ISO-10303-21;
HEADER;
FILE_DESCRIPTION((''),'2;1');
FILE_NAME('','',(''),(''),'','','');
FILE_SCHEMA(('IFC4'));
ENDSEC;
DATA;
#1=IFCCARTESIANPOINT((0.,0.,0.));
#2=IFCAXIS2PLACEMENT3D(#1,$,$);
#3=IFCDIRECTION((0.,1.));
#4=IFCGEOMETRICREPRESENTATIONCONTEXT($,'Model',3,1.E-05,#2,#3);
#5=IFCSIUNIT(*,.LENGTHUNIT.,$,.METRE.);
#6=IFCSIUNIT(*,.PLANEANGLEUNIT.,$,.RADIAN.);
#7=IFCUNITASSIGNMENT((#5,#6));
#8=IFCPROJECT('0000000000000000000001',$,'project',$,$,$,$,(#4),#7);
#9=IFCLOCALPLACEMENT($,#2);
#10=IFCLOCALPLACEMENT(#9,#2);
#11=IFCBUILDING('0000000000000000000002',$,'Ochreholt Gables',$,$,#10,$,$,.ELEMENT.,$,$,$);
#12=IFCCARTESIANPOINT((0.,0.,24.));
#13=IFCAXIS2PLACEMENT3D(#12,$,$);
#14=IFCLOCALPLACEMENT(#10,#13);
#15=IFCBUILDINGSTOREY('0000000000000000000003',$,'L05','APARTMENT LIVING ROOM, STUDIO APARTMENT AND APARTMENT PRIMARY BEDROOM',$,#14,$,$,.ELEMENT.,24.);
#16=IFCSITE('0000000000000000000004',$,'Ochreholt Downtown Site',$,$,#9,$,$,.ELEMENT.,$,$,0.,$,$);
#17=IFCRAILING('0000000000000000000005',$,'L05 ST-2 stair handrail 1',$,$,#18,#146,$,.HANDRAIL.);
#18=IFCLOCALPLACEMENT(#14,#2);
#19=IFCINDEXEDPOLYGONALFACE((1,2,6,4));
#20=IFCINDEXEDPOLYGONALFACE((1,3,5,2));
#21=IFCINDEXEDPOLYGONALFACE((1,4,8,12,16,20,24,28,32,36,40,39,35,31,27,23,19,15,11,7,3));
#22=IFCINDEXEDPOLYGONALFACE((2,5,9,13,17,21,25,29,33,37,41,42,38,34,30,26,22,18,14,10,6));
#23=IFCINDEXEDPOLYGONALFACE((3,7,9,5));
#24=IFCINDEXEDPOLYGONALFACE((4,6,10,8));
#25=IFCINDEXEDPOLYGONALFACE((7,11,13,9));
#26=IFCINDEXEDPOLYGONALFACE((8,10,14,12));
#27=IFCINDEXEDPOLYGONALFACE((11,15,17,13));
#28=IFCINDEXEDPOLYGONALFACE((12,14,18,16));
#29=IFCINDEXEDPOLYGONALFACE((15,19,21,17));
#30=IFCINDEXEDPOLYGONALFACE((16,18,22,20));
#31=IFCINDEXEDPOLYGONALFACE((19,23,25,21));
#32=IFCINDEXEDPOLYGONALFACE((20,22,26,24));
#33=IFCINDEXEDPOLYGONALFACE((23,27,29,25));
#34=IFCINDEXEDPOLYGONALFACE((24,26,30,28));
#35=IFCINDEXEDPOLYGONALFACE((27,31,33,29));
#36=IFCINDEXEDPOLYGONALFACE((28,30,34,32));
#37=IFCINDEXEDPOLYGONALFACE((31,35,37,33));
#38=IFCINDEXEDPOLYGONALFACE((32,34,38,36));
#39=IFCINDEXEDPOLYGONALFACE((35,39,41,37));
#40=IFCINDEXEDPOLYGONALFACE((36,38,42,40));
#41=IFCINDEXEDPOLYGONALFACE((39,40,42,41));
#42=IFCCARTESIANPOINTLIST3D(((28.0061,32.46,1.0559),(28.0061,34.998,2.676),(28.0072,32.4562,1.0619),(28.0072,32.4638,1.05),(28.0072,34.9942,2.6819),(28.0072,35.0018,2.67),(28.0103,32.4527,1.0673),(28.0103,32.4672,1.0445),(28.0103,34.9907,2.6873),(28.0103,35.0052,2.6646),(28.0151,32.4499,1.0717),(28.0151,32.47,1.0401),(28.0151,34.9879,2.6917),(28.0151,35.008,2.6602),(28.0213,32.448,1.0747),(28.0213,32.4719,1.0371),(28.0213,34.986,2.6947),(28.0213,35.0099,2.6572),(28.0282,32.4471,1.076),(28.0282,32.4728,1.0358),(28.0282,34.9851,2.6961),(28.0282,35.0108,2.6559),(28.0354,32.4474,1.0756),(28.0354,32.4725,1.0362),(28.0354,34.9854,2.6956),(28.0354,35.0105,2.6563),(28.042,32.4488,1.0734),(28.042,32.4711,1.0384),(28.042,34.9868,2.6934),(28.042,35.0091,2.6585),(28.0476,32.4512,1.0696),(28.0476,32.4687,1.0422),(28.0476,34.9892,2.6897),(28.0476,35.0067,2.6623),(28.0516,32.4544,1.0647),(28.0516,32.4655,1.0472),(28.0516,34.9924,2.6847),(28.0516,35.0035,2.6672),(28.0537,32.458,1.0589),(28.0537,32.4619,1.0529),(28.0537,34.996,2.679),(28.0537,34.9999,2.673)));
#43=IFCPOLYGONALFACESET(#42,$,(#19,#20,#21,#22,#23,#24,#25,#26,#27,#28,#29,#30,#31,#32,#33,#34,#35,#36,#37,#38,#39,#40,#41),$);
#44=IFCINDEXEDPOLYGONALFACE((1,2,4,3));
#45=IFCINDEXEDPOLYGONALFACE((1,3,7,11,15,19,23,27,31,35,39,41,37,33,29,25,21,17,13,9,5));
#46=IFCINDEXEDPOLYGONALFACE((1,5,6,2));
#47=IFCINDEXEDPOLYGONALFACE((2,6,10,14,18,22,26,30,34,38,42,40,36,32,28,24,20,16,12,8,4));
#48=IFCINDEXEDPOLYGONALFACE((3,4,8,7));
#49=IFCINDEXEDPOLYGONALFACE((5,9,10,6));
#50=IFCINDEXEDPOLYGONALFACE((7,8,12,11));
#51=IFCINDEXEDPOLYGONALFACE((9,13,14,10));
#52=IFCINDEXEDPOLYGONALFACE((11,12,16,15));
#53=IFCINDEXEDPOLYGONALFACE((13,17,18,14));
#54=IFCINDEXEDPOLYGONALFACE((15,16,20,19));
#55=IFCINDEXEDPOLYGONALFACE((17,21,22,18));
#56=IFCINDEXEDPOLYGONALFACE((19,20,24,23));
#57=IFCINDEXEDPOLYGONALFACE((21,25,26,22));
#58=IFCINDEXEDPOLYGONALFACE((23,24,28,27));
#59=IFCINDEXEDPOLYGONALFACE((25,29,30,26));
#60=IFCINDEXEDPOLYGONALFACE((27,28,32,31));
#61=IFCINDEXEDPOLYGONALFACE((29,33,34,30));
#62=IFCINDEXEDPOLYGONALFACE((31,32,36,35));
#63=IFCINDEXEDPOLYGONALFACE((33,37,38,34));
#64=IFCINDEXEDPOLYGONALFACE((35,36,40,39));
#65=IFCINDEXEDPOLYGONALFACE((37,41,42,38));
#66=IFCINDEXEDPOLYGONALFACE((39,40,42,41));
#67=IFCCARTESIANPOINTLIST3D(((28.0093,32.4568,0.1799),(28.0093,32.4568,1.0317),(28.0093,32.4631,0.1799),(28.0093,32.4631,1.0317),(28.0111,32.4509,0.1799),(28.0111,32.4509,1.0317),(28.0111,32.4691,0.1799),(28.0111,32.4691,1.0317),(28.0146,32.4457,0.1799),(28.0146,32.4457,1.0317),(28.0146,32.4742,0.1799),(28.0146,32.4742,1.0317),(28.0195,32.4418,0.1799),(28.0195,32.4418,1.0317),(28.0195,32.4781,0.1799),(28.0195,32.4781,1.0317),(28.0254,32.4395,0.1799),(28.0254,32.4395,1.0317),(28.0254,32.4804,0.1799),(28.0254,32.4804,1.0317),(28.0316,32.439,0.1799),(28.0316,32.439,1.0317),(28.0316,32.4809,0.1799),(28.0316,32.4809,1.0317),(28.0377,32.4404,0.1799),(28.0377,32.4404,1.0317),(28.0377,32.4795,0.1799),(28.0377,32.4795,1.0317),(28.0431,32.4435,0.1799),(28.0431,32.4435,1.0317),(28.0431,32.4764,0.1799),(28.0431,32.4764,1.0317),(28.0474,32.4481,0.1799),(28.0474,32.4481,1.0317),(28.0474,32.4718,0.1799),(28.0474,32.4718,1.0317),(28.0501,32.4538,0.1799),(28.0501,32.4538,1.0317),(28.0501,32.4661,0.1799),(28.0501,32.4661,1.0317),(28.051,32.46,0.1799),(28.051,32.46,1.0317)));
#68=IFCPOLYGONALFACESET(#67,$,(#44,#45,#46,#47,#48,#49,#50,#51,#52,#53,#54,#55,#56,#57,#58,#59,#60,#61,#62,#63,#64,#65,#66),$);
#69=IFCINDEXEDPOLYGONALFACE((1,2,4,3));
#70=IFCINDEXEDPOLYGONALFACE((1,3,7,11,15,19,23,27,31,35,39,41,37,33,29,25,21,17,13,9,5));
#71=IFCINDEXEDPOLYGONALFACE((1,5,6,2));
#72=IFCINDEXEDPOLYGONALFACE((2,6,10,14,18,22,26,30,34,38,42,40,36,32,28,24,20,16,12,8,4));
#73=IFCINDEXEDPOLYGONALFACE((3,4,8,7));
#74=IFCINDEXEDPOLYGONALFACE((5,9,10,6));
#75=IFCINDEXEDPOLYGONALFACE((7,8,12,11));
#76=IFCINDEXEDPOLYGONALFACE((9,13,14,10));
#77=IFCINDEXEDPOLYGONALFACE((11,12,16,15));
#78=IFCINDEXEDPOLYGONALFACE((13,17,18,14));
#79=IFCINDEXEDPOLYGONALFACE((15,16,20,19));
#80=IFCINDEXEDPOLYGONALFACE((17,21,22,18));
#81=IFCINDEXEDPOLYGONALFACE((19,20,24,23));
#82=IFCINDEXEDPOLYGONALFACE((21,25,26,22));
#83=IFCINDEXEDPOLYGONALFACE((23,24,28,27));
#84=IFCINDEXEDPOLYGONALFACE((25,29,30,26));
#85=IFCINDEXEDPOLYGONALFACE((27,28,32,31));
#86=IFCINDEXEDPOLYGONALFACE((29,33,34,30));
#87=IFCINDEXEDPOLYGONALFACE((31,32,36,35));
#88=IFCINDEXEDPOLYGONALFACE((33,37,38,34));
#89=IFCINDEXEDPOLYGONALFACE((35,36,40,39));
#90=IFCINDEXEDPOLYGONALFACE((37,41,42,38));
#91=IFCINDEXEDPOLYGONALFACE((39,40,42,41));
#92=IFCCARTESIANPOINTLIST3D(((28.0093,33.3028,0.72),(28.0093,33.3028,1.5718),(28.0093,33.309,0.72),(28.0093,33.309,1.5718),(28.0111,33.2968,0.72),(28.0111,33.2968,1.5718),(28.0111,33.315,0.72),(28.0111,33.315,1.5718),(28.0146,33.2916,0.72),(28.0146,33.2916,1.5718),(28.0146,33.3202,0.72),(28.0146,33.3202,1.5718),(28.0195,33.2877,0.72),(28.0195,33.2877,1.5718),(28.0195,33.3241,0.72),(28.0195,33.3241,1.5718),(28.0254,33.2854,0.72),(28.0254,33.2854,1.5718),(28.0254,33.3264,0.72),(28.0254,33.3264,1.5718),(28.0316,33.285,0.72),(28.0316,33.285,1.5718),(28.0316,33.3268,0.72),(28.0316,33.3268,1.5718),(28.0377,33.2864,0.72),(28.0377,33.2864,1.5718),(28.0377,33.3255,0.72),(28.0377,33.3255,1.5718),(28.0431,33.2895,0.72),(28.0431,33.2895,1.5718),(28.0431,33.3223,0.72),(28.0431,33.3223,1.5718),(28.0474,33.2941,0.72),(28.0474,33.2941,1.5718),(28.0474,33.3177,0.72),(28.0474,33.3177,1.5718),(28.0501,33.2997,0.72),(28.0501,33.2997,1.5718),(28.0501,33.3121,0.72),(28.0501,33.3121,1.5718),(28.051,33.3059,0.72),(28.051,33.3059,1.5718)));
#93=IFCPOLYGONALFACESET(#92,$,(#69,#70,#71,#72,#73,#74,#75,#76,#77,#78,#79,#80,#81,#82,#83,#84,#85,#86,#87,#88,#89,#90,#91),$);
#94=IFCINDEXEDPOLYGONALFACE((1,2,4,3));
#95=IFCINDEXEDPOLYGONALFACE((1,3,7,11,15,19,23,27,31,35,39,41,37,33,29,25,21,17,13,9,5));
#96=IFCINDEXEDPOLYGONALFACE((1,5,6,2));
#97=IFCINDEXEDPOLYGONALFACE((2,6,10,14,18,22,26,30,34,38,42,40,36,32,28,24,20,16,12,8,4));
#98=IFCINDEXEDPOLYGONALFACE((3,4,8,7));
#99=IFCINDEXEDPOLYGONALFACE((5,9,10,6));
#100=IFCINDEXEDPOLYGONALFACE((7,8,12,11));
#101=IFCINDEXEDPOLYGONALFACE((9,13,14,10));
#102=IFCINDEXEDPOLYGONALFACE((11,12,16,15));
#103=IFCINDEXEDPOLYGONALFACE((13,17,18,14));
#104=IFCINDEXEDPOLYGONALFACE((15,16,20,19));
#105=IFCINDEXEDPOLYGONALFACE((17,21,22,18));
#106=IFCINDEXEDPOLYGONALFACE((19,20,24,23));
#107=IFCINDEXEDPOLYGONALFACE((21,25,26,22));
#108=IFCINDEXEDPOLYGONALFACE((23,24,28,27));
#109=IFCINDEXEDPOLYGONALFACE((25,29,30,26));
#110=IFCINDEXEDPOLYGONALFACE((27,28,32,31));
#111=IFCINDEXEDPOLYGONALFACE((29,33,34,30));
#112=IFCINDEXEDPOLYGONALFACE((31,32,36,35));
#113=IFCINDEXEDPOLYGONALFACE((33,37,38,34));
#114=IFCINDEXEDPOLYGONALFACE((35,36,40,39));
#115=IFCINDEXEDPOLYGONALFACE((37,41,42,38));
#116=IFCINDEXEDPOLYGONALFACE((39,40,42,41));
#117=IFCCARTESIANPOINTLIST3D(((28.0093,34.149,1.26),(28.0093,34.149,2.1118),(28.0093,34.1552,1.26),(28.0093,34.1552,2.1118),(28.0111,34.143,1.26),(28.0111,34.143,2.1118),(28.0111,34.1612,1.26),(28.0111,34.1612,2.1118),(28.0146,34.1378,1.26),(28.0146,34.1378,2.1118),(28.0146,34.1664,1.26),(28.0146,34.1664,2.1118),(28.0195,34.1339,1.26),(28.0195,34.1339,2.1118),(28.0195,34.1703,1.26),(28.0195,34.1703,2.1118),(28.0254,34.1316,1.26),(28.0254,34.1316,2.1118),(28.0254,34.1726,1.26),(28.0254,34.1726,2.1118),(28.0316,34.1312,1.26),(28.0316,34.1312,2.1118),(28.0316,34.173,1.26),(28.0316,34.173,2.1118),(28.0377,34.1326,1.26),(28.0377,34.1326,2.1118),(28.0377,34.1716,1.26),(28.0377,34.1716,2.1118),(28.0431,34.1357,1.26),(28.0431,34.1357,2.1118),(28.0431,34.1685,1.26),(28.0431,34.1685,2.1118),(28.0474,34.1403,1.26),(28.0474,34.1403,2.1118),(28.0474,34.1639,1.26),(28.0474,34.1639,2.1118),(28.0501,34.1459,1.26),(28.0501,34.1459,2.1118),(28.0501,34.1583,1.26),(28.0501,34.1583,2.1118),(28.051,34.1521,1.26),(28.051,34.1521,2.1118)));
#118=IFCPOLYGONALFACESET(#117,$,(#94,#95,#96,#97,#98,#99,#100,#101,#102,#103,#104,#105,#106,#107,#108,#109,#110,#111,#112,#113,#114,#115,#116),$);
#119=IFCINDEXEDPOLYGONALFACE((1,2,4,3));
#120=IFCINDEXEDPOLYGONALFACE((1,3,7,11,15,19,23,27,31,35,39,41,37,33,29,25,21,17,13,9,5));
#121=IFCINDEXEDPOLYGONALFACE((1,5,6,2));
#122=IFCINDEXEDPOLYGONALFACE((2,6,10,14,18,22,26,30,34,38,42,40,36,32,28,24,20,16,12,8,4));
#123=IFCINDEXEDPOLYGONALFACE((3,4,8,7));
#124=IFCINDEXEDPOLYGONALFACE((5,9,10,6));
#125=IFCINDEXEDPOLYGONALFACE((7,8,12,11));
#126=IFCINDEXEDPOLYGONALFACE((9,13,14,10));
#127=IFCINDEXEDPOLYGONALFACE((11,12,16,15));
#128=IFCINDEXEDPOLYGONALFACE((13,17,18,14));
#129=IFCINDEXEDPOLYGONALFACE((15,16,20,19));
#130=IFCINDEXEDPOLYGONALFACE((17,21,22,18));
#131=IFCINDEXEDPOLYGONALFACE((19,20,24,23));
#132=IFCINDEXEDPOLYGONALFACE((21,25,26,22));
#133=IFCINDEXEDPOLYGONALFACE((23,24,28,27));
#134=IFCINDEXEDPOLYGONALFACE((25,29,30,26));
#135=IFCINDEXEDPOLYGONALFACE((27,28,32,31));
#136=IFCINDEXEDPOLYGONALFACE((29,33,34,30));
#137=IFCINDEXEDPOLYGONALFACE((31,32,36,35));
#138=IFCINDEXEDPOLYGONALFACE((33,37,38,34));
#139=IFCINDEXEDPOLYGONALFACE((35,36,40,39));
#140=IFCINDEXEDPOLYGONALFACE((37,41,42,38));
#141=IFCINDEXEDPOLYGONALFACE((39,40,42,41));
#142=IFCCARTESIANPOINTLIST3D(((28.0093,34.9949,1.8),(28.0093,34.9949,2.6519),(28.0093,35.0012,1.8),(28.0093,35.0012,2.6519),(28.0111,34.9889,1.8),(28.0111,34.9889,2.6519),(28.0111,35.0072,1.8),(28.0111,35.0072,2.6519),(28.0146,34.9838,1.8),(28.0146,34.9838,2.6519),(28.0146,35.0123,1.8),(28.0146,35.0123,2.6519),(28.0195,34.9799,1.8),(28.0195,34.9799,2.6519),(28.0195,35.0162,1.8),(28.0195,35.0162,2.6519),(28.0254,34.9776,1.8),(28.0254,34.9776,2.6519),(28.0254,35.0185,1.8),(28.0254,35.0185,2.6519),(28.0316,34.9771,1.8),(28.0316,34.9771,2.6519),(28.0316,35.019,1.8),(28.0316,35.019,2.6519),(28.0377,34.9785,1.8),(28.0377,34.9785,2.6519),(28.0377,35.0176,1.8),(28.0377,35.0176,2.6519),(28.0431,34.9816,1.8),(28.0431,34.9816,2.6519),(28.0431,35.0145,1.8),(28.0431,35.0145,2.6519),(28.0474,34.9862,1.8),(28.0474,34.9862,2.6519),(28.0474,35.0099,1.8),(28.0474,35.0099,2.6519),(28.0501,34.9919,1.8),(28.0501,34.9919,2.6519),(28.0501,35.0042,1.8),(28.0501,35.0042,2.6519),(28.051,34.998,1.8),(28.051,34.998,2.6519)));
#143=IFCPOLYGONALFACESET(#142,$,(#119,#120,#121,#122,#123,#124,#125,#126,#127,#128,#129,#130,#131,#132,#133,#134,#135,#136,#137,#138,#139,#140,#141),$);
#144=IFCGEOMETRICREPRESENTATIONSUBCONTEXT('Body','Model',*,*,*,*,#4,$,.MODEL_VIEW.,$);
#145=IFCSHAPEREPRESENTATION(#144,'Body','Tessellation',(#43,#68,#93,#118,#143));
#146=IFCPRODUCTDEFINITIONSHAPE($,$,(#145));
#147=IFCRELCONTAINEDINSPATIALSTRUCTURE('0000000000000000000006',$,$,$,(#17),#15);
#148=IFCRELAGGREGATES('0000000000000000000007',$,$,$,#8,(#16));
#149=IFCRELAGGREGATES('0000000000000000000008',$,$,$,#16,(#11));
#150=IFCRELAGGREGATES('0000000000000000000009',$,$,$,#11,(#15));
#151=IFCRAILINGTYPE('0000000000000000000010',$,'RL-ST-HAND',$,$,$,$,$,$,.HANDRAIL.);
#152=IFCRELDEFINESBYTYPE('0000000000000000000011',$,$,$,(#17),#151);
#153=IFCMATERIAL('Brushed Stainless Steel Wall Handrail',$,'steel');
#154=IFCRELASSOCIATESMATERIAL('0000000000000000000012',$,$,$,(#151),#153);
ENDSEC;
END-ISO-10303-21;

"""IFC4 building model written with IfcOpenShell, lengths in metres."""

from ifc_helpers import new_model, si_unit, direction, frame, origin, origin_2d, place, context, subcontext, project, spatial, circle, extrude, material, type_object, element, save


model = new_model("IFC4")

# Units and contexts
model_context = context("Model", 3, precision=1e-05, world=origin(), true_north=direction((0.0, 1.0)))
body_context = subcontext(model_context, "Body", "Model", "MODEL_VIEW")
ifc_project = project(units=[si_unit("LENGTHUNIT", "METRE"), si_unit("PLANEANGLEUNIT", "RADIAN")], contexts=[model_context])

# Site, building, storey
site_placement = place(None, origin())
site = spatial("IfcSite", under=ifc_project, at=site_placement, Name="Ochreholt Downtown Site", CompositionType="ELEMENT", RefElevation=0.0)
building_placement = place(site_placement, origin())
building = spatial("IfcBuilding", under=site, at=building_placement, Name="Ochreholt Gables", CompositionType="ELEMENT")
storey_placement = place(building_placement, frame((0.0, 0.0, 24.0)))
storey = spatial("IfcBuildingStorey", under=building, at=storey_placement, Name="L05", Description="APARTMENT LIVING ROOM, STUDIO APARTMENT AND APARTMENT PRIMARY BEDROOM", CompositionType="ELEMENT", Elevation=24.0)

# Railing
ifc_material_1 = material(Name="Brushed Stainless Steel Wall Handrail", Category="steel")
railing_type_1 = type_object("IfcRailingType", Name="RL-ST-HAND", PredefinedType="HANDRAIL", material=ifc_material_1)
railing_1_placement = place(storey_placement, frame((28.03, 32.46, 0.1799)))
element("IfcRailing", 1, at=railing_1_placement, inside=storey, type_object=railing_type_1, Name="L05 ST-2 stair handrail 1", PredefinedType="HANDRAIL", context=body_context, shape_type="SweptSolid", body=[
    extrude(circle(Radius=0.0239, at=origin_2d()), frame((0.0, 0.0, 0.876), z_axis=(0.0, 0.842913, 0.53805), x_axis=(-1.0, 0.0, 0.0)), (0.0, 0.0, 1.0), 3.011),
    extrude(circle(Radius=0.021, at=origin_2d()), origin(), (0.0, 0.0, 1.0), 0.8518),
    extrude(circle(Radius=0.021, at=origin_2d()), frame((0.0, 0.8459, 0.54)), (0.0, 0.0, 1.0), 0.8518),
    extrude(circle(Radius=0.021, at=origin_2d()), frame((0.0, 1.6921, 1.0801)), (0.0, 0.0, 1.0), 0.8518),
    extrude(circle(Radius=0.021, at=origin_2d()), frame((0.0, 2.5381, 1.6201)), (0.0, 0.0, 1.0), 0.8518),
])

save(model, "model.ifc")
